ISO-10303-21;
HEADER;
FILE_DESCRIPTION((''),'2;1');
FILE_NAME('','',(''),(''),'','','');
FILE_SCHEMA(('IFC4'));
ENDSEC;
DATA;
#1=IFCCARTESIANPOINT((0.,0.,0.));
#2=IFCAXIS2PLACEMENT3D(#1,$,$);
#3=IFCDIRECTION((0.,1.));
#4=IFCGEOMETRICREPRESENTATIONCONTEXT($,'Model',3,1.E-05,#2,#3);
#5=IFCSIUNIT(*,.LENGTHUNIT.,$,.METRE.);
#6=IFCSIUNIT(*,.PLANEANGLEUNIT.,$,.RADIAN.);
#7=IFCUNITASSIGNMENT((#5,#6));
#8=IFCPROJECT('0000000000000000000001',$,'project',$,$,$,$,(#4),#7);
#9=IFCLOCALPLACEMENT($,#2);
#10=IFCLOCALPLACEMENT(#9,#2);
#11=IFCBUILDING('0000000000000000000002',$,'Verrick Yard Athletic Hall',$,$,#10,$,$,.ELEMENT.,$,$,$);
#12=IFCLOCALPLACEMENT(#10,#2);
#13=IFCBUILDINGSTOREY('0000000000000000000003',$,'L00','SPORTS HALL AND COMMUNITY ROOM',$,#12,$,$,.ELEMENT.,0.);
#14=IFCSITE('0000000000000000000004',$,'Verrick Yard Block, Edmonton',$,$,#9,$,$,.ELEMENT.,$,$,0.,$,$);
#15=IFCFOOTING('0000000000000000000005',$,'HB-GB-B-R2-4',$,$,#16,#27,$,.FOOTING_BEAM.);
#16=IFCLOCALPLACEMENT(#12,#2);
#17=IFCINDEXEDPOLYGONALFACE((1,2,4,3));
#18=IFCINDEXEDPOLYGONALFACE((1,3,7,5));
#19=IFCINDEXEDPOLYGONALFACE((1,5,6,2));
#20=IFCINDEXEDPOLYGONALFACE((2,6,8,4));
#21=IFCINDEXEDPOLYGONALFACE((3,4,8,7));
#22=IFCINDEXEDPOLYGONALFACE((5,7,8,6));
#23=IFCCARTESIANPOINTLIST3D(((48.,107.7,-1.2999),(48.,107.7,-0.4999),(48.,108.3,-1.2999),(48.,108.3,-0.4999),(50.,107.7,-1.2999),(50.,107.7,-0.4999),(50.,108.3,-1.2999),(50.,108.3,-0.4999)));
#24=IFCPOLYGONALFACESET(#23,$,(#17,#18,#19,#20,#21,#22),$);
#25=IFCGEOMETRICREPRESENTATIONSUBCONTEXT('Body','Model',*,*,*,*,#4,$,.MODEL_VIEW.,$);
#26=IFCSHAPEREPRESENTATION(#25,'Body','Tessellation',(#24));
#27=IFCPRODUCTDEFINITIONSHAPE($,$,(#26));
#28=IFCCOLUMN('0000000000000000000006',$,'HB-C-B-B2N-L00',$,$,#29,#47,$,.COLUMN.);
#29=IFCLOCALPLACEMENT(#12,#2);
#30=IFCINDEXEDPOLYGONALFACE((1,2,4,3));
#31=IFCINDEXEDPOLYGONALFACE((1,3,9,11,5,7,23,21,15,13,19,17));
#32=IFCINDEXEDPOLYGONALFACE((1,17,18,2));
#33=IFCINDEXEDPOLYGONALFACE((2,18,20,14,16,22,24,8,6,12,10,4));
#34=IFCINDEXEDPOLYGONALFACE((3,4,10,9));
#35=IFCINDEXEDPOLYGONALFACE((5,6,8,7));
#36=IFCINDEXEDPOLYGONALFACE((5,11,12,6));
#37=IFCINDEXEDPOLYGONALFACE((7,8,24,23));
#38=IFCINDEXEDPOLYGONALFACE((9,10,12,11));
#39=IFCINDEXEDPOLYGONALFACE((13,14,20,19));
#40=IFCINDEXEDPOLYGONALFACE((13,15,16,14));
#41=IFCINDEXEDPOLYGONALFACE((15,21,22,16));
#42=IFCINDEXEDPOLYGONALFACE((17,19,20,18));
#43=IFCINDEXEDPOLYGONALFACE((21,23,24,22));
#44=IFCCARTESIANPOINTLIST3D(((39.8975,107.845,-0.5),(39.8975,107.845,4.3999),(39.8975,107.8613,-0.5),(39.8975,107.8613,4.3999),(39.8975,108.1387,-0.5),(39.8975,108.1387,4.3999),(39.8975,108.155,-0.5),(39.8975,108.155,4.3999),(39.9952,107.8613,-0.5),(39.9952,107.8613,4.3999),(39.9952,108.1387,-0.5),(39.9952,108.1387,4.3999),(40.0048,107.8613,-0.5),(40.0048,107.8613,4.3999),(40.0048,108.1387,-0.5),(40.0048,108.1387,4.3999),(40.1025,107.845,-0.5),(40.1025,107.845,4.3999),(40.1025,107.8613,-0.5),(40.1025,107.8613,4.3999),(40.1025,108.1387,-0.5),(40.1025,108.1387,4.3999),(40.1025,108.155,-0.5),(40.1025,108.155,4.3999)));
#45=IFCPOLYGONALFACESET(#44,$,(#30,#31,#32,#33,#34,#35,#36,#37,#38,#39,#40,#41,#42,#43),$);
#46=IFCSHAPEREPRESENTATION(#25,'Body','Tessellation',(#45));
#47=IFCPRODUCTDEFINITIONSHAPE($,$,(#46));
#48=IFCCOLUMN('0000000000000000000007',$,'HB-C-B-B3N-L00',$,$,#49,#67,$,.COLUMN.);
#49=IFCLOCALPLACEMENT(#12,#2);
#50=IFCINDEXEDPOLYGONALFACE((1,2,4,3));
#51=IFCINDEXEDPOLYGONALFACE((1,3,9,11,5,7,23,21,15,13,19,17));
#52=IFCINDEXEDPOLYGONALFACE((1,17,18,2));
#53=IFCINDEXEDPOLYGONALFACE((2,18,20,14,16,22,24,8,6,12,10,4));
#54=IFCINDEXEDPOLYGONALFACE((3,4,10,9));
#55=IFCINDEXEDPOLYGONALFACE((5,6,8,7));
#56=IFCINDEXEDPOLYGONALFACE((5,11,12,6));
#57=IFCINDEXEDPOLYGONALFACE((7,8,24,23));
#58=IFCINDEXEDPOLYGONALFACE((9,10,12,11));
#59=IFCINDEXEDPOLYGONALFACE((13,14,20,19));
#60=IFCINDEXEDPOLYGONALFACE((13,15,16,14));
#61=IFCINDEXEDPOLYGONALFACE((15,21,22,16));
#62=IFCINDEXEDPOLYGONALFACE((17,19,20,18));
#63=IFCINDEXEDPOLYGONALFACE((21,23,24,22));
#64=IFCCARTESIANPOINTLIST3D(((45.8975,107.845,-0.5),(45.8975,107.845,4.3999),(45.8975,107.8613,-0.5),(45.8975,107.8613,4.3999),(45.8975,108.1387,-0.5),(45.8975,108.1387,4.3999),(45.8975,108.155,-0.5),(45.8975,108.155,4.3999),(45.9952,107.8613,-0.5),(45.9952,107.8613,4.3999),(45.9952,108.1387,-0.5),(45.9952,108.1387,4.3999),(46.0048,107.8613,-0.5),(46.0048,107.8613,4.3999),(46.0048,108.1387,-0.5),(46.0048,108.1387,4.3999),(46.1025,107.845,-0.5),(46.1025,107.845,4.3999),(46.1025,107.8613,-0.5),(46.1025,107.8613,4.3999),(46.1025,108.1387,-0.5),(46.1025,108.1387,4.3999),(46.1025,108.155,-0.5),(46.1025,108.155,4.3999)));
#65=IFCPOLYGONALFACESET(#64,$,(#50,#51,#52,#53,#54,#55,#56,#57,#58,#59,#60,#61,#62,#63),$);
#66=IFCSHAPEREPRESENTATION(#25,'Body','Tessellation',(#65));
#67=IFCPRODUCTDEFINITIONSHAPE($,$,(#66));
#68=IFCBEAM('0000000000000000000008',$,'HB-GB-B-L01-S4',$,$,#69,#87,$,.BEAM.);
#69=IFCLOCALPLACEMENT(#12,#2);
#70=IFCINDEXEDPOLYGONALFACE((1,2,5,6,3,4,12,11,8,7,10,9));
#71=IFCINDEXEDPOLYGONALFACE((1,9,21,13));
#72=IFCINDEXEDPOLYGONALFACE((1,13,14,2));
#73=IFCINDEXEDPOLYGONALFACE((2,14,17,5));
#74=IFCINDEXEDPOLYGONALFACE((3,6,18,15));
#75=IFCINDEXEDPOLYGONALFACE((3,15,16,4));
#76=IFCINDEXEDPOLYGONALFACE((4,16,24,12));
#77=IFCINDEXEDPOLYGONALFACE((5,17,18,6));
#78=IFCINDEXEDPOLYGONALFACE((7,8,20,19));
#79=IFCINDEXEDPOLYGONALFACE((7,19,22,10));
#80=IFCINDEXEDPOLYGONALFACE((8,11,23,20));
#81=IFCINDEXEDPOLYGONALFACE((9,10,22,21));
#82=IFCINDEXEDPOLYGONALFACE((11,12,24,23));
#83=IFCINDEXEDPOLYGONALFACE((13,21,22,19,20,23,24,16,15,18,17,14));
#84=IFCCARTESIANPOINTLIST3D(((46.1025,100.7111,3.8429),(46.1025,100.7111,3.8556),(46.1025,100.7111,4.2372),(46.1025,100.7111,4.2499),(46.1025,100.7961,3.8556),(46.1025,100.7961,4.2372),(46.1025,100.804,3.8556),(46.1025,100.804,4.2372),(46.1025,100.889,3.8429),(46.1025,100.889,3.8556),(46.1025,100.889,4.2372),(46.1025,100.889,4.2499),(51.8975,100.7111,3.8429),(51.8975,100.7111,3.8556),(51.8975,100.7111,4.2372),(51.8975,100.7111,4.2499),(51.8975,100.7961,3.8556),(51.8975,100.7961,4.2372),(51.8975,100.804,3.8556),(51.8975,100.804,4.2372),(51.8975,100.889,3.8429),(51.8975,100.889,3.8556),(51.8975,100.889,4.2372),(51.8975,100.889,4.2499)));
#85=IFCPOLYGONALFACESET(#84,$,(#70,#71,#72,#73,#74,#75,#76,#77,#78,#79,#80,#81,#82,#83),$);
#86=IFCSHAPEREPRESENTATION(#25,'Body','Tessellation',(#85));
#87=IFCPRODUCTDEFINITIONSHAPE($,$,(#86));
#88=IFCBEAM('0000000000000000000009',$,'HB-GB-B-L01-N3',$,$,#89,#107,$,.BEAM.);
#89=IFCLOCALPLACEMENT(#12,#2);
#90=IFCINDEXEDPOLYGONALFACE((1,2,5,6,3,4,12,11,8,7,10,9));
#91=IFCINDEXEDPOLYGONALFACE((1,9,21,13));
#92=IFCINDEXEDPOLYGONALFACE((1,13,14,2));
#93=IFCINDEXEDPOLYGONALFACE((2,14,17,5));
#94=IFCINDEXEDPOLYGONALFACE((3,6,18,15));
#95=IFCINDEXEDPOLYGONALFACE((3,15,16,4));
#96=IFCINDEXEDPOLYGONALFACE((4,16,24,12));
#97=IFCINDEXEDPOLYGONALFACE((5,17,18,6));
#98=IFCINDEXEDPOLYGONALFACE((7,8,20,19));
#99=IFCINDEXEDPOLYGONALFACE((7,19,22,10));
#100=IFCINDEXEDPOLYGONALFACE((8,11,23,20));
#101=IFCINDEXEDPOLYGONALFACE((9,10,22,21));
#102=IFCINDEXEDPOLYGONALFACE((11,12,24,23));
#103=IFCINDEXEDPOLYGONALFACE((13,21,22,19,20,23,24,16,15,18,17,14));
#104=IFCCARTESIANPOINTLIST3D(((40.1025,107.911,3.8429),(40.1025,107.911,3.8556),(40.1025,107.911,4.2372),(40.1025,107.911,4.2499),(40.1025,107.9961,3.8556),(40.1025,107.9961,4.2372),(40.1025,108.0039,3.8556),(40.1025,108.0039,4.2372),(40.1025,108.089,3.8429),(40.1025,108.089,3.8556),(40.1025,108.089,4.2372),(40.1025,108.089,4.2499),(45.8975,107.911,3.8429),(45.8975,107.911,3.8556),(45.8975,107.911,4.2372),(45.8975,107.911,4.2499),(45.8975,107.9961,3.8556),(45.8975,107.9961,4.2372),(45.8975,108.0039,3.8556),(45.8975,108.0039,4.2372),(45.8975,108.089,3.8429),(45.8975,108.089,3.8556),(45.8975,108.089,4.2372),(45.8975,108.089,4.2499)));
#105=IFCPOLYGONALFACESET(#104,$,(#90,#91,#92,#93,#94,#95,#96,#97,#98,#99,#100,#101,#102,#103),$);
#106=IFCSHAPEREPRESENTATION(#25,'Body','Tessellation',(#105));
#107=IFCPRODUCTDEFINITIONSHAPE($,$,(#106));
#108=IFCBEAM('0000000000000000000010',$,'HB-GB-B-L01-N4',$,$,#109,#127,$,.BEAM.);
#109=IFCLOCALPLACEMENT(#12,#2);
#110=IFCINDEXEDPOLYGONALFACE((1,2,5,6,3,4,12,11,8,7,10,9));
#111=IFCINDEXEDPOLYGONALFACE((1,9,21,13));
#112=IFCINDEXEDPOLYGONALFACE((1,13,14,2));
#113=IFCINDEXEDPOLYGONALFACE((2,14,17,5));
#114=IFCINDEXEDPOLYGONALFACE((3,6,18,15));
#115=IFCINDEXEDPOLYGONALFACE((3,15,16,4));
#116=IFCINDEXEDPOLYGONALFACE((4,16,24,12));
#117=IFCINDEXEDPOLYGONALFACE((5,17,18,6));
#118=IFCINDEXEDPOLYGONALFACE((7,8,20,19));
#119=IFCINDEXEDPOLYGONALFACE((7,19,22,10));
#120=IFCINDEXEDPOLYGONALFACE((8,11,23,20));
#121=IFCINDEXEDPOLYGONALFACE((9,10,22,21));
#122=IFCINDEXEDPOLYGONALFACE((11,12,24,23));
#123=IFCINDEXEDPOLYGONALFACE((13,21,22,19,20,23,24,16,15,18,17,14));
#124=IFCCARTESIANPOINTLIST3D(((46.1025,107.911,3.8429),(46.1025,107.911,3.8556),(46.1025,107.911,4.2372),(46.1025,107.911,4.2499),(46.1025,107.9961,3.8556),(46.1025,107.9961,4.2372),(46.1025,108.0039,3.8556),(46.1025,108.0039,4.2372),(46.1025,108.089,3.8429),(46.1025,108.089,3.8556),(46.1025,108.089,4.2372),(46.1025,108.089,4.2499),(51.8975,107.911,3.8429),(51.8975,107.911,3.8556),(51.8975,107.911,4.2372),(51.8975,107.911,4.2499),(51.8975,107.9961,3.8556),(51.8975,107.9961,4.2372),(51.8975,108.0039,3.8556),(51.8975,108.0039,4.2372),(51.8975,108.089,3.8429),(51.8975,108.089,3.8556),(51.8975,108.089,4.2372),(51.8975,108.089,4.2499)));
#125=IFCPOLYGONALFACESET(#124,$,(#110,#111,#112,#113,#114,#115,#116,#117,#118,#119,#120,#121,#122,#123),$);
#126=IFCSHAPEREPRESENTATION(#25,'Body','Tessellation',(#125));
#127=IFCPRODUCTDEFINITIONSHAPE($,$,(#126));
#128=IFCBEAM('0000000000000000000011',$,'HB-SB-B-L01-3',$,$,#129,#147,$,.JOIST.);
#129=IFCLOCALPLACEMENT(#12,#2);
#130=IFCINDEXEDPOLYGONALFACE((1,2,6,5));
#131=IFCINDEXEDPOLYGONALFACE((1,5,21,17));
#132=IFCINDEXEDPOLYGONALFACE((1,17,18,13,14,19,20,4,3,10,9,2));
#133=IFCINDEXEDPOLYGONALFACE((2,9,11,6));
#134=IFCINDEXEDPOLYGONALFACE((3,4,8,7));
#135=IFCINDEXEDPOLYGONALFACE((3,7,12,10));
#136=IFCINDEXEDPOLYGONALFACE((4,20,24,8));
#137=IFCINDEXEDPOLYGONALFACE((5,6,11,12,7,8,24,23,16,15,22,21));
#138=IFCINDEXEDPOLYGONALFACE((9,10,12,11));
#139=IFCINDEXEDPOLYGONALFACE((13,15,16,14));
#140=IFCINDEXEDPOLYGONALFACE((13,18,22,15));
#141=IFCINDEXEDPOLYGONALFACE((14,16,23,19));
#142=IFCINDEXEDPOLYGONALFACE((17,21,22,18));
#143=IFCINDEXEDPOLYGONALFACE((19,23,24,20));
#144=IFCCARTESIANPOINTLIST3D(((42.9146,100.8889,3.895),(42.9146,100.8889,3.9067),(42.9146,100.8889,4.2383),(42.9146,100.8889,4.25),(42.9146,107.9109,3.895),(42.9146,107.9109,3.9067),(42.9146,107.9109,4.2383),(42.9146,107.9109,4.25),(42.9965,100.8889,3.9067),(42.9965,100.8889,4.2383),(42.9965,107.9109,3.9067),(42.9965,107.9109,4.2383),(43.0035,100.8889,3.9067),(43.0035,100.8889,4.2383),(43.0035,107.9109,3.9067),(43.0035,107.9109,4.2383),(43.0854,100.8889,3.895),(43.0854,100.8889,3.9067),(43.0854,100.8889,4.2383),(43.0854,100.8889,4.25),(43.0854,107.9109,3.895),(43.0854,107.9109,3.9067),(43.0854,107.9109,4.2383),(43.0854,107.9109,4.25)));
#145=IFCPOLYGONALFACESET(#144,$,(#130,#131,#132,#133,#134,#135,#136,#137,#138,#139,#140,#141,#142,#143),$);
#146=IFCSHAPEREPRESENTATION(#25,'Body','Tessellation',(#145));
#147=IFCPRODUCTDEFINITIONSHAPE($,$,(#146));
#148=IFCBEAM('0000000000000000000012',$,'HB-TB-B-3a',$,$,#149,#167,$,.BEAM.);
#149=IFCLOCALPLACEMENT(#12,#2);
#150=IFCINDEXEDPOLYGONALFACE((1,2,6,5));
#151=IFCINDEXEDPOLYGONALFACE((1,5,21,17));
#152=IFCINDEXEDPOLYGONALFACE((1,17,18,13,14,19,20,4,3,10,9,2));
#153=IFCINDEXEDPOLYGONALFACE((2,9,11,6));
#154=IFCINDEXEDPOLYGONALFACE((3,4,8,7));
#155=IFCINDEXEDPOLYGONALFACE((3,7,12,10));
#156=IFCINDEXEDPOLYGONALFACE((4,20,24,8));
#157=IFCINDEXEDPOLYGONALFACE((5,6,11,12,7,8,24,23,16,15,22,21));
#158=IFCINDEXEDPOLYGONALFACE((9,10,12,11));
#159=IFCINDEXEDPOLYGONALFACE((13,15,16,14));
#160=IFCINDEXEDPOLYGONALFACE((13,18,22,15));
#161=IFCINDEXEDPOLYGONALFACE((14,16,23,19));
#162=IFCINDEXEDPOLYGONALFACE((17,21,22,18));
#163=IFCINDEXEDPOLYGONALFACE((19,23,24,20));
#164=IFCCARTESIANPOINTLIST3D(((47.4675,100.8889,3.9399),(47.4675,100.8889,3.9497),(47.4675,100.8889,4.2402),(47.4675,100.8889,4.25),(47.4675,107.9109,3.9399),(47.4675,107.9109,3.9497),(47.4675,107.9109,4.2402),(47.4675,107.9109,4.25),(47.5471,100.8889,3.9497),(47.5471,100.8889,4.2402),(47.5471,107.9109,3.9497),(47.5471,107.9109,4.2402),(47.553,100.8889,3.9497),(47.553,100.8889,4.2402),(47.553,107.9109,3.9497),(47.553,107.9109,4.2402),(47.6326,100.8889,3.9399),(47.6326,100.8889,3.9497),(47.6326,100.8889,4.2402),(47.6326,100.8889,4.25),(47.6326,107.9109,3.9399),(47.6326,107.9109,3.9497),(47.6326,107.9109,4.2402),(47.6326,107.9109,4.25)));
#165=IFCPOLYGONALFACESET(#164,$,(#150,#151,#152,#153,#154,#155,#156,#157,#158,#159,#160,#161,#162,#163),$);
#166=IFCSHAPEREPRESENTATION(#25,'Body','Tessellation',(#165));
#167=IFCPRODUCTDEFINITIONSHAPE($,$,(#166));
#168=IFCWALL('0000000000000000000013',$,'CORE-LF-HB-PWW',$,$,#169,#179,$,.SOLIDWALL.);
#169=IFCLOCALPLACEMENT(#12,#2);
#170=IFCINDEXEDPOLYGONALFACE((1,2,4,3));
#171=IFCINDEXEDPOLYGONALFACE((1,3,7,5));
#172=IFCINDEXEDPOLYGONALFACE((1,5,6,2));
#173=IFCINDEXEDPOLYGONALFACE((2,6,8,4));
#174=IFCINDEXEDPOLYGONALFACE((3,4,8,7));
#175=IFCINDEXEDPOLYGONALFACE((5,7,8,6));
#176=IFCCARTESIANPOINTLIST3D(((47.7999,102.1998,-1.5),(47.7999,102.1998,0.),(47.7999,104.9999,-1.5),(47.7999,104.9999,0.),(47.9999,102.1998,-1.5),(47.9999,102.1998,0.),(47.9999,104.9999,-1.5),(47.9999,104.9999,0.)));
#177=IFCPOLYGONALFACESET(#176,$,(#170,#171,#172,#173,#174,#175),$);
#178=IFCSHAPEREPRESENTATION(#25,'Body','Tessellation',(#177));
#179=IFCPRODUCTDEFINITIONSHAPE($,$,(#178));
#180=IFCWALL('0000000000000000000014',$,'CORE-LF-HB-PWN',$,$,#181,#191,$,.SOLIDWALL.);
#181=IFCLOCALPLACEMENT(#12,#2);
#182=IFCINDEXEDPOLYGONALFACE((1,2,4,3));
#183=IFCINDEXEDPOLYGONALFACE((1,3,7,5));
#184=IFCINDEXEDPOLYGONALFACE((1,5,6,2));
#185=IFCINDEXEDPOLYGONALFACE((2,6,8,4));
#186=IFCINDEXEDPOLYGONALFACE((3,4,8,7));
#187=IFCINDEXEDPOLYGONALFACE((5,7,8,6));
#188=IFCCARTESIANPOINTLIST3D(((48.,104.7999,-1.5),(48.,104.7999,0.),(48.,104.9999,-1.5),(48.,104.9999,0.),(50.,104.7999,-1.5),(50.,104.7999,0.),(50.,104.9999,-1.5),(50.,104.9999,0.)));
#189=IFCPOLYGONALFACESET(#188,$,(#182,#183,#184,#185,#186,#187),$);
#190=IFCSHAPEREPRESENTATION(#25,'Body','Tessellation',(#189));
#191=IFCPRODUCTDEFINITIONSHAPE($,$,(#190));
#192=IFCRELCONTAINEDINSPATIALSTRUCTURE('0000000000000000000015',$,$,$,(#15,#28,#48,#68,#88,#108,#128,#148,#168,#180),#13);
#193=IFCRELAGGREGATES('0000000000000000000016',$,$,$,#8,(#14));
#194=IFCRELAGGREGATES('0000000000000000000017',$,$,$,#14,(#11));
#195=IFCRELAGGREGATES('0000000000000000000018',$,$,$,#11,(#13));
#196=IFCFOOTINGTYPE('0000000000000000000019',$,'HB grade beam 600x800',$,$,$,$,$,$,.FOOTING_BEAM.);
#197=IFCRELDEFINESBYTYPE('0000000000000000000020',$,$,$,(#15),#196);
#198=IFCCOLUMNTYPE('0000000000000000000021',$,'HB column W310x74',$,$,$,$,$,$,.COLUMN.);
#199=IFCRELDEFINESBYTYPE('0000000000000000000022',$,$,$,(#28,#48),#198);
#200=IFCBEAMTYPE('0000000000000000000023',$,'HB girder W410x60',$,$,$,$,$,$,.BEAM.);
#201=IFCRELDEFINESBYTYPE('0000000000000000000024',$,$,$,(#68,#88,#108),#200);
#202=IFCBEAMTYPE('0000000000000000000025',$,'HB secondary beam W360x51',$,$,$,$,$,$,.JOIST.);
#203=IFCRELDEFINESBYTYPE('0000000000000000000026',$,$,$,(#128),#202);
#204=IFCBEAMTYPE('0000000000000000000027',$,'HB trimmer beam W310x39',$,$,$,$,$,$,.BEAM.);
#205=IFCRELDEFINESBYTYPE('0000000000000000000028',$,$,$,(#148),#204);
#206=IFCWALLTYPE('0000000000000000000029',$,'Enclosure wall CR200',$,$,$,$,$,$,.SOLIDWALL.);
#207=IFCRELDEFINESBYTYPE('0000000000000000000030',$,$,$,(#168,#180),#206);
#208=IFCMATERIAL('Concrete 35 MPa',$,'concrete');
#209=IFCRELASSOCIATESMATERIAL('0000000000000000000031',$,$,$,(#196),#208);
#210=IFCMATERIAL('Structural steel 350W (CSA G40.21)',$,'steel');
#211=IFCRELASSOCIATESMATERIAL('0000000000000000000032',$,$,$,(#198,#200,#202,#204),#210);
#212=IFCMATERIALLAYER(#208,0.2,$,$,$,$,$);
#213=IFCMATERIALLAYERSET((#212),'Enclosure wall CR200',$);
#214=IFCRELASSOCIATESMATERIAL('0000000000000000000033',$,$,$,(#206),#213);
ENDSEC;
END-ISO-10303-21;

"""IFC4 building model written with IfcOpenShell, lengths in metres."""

from ifc_helpers import new_model, si_unit, direction, frame, frame_2d, origin, origin_2d, place, context, subcontext, project, spatial, rectangle, i_section, extrude, material, layer, layer_set, material_profile, profile_set, type_object, element, save


model = new_model("IFC4")

# Units and contexts
model_context = context("Model", 3, precision=1e-05, world=origin(), true_north=direction((0.0, 1.0)))
body_context = subcontext(model_context, "Body", "Model", "MODEL_VIEW")
ifc_project = project(units=[si_unit("LENGTHUNIT", "METRE"), si_unit("PLANEANGLEUNIT", "RADIAN")], contexts=[model_context])

# Site, building, storey
site_placement = place(None, origin())
site = spatial("IfcSite", under=ifc_project, at=site_placement, Name="Verrick Yard Block, Edmonton", CompositionType="ELEMENT", RefElevation=0.0)
building_placement = place(site_placement, origin())
building = spatial("IfcBuilding", under=site, at=building_placement, Name="Verrick Yard Athletic Hall", CompositionType="ELEMENT")
storey_placement = place(building_placement, origin())
storey = spatial("IfcBuildingStorey", under=building, at=storey_placement, Name="L00", Description="SPORTS HALL AND COMMUNITY ROOM", CompositionType="ELEMENT", Elevation=0.0)

# Shared definitions
ifc_material_1 = material(Name="Concrete 35 MPa", Category="concrete")

# Footing
ifc_material_profile_1 = material_profile(ifc_material_1, rectangle(XDim=0.6001, YDim=0.8, at=origin_2d()), Name="Grade beam 600x800")
ifc_profile_set_1 = profile_set([ifc_material_profile_1], Name="Concrete 35 MPa")
footing_type = type_object("IfcFootingType", Name="HB grade beam 600x800", PredefinedType="FOOTING_BEAM", material=ifc_profile_set_1)
for number, where, z_axis, x_axis, name in (
    (1, (48.0, 108.0, -0.8999), (1.0, 0.0, 0.0), (0.0, 1.0, 0.0), "HB-GB-B-R2-4"),
):
    element("IfcFooting", number, at=place(storey_placement, frame(where, z_axis=z_axis, x_axis=x_axis)), inside=storey, type_object=footing_type, Name=name, PredefinedType="FOOTING_BEAM", context=body_context, shape_type="SweptSolid", body=[
        extrude(rectangle(XDim=0.6001, YDim=0.8, at=origin_2d()), origin(), (0.0, 0.0, 1.0), 2.0),
    ])

# Columns
ifc_material_2 = material(Name="Structural steel 350W (CSA G40.21)", Category="steel")
ifc_material_profile_2 = material_profile(ifc_material_2, i_section(OverallWidth=0.2051, OverallDepth=0.3101, WebThickness=0.0095, FlangeThickness=0.0164, at=origin_2d()), Name="W310x74")
ifc_profile_set_2 = profile_set([ifc_material_profile_2], Name="Structural steel 350W (CSA G40.21)")
column_type = type_object("IfcColumnType", Name="HB column W310x74", PredefinedType="COLUMN", material=ifc_profile_set_2)
for number, where, z_axis, x_axis, name in (
    (2, (40.0, 108.0, -0.5), (0.0, 0.0, 1.0), (1.0, 0.0, 0.0), "HB-C-B-B2N-L00"),
    (3, (46.0, 108.0, -0.5), (0.0, 0.0, 1.0), (1.0, 0.0, 0.0), "HB-C-B-B3N-L00"),
):
    element("IfcColumn", number, at=place(storey_placement, frame(where, z_axis=z_axis, x_axis=x_axis)), inside=storey, type_object=column_type, Name=name, PredefinedType="COLUMN", context=body_context, shape_type="SweptSolid", body=[
        extrude(i_section(OverallWidth=0.2051, OverallDepth=0.3101, WebThickness=0.0095, FlangeThickness=0.0164, at=origin_2d()), origin(), (0.0, 0.0, 1.0), 4.8999),
    ])

# Beams
ifc_material_profile_3 = material_profile(ifc_material_2, i_section(OverallWidth=0.178, OverallDepth=0.407, WebThickness=0.0078, FlangeThickness=0.0127, at=origin_2d()), Name="W410x60")
ifc_profile_set_3 = profile_set([ifc_material_profile_3], Name="Structural steel 350W (CSA G40.21)")
beam_type_1 = type_object("IfcBeamType", Name="HB girder W410x60", PredefinedType="BEAM", material=ifc_profile_set_3)
for number, where, z_axis, x_axis, name in (
    (4, (46.1025, 100.8, 4.0464), (1.0, 0.0, 0.0), (0.0, 1.0, 0.0), "HB-GB-B-L01-S4"),
    (5, (40.1025, 108.0, 4.0464), (1.0, 0.0, 0.0), (0.0, 1.0, 0.0), "HB-GB-B-L01-N3"),
    (6, (46.1025, 108.0, 4.0464), (1.0, 0.0, 0.0), (0.0, 1.0, 0.0), "HB-GB-B-L01-N4"),
):
    element("IfcBeam", number, at=place(storey_placement, frame(where, z_axis=z_axis, x_axis=x_axis)), inside=storey, type_object=beam_type_1, Name=name, PredefinedType="BEAM", context=body_context, shape_type="SweptSolid", body=[
        extrude(i_section(OverallWidth=0.178, OverallDepth=0.407, WebThickness=0.0078, FlangeThickness=0.0127, at=origin_2d()), origin(), (0.0, 0.0, 1.0), 5.7949),
    ])
ifc_material_profile_4 = material_profile(ifc_material_2, i_section(OverallWidth=0.1709, OverallDepth=0.355, WebThickness=0.0071, FlangeThickness=0.0117, at=origin_2d()), Name="W360x51")
ifc_profile_set_4 = profile_set([ifc_material_profile_4], Name="Structural steel 350W (CSA G40.21)")
beam_type_2 = type_object("IfcBeamType", Name="HB secondary beam W360x51", PredefinedType="JOIST", material=ifc_profile_set_4)
beam_1_placement = place(storey_placement, frame((43.0, 100.8889, 4.0725), z_axis=(0.0, 1.0, 0.0), x_axis=(-1.0, 0.0, 0.0)))
element("IfcBeam", 7, at=beam_1_placement, inside=storey, type_object=beam_type_2, Name="HB-SB-B-L01-3", PredefinedType="JOIST", context=body_context, shape_type="SweptSolid", body=[
    extrude(i_section(OverallWidth=0.1709, OverallDepth=0.355, WebThickness=0.0071, FlangeThickness=0.0117, at=origin_2d()), origin(), (0.0, 0.0, 1.0), 7.022),
])
ifc_material_profile_5 = material_profile(ifc_material_2, i_section(OverallWidth=0.165, OverallDepth=0.3101, WebThickness=0.0059, FlangeThickness=0.0098, at=origin_2d()), Name="W310x39")
ifc_profile_set_5 = profile_set([ifc_material_profile_5], Name="Structural steel 350W (CSA G40.21)")
beam_type_3 = type_object("IfcBeamType", Name="HB trimmer beam W310x39", PredefinedType="BEAM", material=ifc_profile_set_5)
beam_2_placement = place(storey_placement, frame((47.55, 100.8889, 4.095), z_axis=(0.0, 1.0, 0.0), x_axis=(-1.0, 0.0, 0.0)))
element("IfcBeam", 8, at=beam_2_placement, inside=storey, type_object=beam_type_3, Name="HB-TB-B-3a", PredefinedType="BEAM", context=body_context, shape_type="SweptSolid", body=[
    extrude(i_section(OverallWidth=0.165, OverallDepth=0.3101, WebThickness=0.0059, FlangeThickness=0.0098, at=origin_2d()), origin(), (0.0, 0.0, 1.0), 7.022),
])

# Walls
ifc_layer_1 = layer(ifc_material_1, 0.2)
ifc_layer_set_1 = layer_set([ifc_layer_1], Name="Enclosure wall CR200")
wall_type_1 = type_object("IfcWallType", Name="Enclosure wall CR200", PredefinedType="SOLIDWALL", material=ifc_layer_set_1)
wall_1_placement = place(storey_placement, frame((47.8999, 102.2, -1.5), z_axis=(0.0, 0.0, 1.0), x_axis=(0.0, 1.0, 0.0)))
element("IfcWall", 9, at=wall_1_placement, inside=storey, type_object=wall_type_1, Name="CORE-LF-HB-PWW", PredefinedType="SOLIDWALL", context=body_context, shape_type="SweptSolid", body=[
    extrude(rectangle(XDim=2.8, YDim=0.2, at=frame_2d((1.3999, 0.0))), origin(), (0.0, 0.0, 1.0), 1.5),
])
wall_2_placement = place(storey_placement, frame((48.0, 104.8999, -1.5), z_axis=(0.0, 0.0, 1.0), x_axis=(1.0, 0.0, 0.0)))
element("IfcWall", 10, at=wall_2_placement, inside=storey, type_object=wall_type_1, Name="CORE-LF-HB-PWN", PredefinedType="SOLIDWALL", context=body_context, shape_type="SweptSolid", body=[
    extrude(rectangle(XDim=2.0, YDim=0.2, at=frame_2d((1.0, 0.0))), origin(), (0.0, 0.0, 1.0), 1.5),
])

save(model, "model.ifc")
